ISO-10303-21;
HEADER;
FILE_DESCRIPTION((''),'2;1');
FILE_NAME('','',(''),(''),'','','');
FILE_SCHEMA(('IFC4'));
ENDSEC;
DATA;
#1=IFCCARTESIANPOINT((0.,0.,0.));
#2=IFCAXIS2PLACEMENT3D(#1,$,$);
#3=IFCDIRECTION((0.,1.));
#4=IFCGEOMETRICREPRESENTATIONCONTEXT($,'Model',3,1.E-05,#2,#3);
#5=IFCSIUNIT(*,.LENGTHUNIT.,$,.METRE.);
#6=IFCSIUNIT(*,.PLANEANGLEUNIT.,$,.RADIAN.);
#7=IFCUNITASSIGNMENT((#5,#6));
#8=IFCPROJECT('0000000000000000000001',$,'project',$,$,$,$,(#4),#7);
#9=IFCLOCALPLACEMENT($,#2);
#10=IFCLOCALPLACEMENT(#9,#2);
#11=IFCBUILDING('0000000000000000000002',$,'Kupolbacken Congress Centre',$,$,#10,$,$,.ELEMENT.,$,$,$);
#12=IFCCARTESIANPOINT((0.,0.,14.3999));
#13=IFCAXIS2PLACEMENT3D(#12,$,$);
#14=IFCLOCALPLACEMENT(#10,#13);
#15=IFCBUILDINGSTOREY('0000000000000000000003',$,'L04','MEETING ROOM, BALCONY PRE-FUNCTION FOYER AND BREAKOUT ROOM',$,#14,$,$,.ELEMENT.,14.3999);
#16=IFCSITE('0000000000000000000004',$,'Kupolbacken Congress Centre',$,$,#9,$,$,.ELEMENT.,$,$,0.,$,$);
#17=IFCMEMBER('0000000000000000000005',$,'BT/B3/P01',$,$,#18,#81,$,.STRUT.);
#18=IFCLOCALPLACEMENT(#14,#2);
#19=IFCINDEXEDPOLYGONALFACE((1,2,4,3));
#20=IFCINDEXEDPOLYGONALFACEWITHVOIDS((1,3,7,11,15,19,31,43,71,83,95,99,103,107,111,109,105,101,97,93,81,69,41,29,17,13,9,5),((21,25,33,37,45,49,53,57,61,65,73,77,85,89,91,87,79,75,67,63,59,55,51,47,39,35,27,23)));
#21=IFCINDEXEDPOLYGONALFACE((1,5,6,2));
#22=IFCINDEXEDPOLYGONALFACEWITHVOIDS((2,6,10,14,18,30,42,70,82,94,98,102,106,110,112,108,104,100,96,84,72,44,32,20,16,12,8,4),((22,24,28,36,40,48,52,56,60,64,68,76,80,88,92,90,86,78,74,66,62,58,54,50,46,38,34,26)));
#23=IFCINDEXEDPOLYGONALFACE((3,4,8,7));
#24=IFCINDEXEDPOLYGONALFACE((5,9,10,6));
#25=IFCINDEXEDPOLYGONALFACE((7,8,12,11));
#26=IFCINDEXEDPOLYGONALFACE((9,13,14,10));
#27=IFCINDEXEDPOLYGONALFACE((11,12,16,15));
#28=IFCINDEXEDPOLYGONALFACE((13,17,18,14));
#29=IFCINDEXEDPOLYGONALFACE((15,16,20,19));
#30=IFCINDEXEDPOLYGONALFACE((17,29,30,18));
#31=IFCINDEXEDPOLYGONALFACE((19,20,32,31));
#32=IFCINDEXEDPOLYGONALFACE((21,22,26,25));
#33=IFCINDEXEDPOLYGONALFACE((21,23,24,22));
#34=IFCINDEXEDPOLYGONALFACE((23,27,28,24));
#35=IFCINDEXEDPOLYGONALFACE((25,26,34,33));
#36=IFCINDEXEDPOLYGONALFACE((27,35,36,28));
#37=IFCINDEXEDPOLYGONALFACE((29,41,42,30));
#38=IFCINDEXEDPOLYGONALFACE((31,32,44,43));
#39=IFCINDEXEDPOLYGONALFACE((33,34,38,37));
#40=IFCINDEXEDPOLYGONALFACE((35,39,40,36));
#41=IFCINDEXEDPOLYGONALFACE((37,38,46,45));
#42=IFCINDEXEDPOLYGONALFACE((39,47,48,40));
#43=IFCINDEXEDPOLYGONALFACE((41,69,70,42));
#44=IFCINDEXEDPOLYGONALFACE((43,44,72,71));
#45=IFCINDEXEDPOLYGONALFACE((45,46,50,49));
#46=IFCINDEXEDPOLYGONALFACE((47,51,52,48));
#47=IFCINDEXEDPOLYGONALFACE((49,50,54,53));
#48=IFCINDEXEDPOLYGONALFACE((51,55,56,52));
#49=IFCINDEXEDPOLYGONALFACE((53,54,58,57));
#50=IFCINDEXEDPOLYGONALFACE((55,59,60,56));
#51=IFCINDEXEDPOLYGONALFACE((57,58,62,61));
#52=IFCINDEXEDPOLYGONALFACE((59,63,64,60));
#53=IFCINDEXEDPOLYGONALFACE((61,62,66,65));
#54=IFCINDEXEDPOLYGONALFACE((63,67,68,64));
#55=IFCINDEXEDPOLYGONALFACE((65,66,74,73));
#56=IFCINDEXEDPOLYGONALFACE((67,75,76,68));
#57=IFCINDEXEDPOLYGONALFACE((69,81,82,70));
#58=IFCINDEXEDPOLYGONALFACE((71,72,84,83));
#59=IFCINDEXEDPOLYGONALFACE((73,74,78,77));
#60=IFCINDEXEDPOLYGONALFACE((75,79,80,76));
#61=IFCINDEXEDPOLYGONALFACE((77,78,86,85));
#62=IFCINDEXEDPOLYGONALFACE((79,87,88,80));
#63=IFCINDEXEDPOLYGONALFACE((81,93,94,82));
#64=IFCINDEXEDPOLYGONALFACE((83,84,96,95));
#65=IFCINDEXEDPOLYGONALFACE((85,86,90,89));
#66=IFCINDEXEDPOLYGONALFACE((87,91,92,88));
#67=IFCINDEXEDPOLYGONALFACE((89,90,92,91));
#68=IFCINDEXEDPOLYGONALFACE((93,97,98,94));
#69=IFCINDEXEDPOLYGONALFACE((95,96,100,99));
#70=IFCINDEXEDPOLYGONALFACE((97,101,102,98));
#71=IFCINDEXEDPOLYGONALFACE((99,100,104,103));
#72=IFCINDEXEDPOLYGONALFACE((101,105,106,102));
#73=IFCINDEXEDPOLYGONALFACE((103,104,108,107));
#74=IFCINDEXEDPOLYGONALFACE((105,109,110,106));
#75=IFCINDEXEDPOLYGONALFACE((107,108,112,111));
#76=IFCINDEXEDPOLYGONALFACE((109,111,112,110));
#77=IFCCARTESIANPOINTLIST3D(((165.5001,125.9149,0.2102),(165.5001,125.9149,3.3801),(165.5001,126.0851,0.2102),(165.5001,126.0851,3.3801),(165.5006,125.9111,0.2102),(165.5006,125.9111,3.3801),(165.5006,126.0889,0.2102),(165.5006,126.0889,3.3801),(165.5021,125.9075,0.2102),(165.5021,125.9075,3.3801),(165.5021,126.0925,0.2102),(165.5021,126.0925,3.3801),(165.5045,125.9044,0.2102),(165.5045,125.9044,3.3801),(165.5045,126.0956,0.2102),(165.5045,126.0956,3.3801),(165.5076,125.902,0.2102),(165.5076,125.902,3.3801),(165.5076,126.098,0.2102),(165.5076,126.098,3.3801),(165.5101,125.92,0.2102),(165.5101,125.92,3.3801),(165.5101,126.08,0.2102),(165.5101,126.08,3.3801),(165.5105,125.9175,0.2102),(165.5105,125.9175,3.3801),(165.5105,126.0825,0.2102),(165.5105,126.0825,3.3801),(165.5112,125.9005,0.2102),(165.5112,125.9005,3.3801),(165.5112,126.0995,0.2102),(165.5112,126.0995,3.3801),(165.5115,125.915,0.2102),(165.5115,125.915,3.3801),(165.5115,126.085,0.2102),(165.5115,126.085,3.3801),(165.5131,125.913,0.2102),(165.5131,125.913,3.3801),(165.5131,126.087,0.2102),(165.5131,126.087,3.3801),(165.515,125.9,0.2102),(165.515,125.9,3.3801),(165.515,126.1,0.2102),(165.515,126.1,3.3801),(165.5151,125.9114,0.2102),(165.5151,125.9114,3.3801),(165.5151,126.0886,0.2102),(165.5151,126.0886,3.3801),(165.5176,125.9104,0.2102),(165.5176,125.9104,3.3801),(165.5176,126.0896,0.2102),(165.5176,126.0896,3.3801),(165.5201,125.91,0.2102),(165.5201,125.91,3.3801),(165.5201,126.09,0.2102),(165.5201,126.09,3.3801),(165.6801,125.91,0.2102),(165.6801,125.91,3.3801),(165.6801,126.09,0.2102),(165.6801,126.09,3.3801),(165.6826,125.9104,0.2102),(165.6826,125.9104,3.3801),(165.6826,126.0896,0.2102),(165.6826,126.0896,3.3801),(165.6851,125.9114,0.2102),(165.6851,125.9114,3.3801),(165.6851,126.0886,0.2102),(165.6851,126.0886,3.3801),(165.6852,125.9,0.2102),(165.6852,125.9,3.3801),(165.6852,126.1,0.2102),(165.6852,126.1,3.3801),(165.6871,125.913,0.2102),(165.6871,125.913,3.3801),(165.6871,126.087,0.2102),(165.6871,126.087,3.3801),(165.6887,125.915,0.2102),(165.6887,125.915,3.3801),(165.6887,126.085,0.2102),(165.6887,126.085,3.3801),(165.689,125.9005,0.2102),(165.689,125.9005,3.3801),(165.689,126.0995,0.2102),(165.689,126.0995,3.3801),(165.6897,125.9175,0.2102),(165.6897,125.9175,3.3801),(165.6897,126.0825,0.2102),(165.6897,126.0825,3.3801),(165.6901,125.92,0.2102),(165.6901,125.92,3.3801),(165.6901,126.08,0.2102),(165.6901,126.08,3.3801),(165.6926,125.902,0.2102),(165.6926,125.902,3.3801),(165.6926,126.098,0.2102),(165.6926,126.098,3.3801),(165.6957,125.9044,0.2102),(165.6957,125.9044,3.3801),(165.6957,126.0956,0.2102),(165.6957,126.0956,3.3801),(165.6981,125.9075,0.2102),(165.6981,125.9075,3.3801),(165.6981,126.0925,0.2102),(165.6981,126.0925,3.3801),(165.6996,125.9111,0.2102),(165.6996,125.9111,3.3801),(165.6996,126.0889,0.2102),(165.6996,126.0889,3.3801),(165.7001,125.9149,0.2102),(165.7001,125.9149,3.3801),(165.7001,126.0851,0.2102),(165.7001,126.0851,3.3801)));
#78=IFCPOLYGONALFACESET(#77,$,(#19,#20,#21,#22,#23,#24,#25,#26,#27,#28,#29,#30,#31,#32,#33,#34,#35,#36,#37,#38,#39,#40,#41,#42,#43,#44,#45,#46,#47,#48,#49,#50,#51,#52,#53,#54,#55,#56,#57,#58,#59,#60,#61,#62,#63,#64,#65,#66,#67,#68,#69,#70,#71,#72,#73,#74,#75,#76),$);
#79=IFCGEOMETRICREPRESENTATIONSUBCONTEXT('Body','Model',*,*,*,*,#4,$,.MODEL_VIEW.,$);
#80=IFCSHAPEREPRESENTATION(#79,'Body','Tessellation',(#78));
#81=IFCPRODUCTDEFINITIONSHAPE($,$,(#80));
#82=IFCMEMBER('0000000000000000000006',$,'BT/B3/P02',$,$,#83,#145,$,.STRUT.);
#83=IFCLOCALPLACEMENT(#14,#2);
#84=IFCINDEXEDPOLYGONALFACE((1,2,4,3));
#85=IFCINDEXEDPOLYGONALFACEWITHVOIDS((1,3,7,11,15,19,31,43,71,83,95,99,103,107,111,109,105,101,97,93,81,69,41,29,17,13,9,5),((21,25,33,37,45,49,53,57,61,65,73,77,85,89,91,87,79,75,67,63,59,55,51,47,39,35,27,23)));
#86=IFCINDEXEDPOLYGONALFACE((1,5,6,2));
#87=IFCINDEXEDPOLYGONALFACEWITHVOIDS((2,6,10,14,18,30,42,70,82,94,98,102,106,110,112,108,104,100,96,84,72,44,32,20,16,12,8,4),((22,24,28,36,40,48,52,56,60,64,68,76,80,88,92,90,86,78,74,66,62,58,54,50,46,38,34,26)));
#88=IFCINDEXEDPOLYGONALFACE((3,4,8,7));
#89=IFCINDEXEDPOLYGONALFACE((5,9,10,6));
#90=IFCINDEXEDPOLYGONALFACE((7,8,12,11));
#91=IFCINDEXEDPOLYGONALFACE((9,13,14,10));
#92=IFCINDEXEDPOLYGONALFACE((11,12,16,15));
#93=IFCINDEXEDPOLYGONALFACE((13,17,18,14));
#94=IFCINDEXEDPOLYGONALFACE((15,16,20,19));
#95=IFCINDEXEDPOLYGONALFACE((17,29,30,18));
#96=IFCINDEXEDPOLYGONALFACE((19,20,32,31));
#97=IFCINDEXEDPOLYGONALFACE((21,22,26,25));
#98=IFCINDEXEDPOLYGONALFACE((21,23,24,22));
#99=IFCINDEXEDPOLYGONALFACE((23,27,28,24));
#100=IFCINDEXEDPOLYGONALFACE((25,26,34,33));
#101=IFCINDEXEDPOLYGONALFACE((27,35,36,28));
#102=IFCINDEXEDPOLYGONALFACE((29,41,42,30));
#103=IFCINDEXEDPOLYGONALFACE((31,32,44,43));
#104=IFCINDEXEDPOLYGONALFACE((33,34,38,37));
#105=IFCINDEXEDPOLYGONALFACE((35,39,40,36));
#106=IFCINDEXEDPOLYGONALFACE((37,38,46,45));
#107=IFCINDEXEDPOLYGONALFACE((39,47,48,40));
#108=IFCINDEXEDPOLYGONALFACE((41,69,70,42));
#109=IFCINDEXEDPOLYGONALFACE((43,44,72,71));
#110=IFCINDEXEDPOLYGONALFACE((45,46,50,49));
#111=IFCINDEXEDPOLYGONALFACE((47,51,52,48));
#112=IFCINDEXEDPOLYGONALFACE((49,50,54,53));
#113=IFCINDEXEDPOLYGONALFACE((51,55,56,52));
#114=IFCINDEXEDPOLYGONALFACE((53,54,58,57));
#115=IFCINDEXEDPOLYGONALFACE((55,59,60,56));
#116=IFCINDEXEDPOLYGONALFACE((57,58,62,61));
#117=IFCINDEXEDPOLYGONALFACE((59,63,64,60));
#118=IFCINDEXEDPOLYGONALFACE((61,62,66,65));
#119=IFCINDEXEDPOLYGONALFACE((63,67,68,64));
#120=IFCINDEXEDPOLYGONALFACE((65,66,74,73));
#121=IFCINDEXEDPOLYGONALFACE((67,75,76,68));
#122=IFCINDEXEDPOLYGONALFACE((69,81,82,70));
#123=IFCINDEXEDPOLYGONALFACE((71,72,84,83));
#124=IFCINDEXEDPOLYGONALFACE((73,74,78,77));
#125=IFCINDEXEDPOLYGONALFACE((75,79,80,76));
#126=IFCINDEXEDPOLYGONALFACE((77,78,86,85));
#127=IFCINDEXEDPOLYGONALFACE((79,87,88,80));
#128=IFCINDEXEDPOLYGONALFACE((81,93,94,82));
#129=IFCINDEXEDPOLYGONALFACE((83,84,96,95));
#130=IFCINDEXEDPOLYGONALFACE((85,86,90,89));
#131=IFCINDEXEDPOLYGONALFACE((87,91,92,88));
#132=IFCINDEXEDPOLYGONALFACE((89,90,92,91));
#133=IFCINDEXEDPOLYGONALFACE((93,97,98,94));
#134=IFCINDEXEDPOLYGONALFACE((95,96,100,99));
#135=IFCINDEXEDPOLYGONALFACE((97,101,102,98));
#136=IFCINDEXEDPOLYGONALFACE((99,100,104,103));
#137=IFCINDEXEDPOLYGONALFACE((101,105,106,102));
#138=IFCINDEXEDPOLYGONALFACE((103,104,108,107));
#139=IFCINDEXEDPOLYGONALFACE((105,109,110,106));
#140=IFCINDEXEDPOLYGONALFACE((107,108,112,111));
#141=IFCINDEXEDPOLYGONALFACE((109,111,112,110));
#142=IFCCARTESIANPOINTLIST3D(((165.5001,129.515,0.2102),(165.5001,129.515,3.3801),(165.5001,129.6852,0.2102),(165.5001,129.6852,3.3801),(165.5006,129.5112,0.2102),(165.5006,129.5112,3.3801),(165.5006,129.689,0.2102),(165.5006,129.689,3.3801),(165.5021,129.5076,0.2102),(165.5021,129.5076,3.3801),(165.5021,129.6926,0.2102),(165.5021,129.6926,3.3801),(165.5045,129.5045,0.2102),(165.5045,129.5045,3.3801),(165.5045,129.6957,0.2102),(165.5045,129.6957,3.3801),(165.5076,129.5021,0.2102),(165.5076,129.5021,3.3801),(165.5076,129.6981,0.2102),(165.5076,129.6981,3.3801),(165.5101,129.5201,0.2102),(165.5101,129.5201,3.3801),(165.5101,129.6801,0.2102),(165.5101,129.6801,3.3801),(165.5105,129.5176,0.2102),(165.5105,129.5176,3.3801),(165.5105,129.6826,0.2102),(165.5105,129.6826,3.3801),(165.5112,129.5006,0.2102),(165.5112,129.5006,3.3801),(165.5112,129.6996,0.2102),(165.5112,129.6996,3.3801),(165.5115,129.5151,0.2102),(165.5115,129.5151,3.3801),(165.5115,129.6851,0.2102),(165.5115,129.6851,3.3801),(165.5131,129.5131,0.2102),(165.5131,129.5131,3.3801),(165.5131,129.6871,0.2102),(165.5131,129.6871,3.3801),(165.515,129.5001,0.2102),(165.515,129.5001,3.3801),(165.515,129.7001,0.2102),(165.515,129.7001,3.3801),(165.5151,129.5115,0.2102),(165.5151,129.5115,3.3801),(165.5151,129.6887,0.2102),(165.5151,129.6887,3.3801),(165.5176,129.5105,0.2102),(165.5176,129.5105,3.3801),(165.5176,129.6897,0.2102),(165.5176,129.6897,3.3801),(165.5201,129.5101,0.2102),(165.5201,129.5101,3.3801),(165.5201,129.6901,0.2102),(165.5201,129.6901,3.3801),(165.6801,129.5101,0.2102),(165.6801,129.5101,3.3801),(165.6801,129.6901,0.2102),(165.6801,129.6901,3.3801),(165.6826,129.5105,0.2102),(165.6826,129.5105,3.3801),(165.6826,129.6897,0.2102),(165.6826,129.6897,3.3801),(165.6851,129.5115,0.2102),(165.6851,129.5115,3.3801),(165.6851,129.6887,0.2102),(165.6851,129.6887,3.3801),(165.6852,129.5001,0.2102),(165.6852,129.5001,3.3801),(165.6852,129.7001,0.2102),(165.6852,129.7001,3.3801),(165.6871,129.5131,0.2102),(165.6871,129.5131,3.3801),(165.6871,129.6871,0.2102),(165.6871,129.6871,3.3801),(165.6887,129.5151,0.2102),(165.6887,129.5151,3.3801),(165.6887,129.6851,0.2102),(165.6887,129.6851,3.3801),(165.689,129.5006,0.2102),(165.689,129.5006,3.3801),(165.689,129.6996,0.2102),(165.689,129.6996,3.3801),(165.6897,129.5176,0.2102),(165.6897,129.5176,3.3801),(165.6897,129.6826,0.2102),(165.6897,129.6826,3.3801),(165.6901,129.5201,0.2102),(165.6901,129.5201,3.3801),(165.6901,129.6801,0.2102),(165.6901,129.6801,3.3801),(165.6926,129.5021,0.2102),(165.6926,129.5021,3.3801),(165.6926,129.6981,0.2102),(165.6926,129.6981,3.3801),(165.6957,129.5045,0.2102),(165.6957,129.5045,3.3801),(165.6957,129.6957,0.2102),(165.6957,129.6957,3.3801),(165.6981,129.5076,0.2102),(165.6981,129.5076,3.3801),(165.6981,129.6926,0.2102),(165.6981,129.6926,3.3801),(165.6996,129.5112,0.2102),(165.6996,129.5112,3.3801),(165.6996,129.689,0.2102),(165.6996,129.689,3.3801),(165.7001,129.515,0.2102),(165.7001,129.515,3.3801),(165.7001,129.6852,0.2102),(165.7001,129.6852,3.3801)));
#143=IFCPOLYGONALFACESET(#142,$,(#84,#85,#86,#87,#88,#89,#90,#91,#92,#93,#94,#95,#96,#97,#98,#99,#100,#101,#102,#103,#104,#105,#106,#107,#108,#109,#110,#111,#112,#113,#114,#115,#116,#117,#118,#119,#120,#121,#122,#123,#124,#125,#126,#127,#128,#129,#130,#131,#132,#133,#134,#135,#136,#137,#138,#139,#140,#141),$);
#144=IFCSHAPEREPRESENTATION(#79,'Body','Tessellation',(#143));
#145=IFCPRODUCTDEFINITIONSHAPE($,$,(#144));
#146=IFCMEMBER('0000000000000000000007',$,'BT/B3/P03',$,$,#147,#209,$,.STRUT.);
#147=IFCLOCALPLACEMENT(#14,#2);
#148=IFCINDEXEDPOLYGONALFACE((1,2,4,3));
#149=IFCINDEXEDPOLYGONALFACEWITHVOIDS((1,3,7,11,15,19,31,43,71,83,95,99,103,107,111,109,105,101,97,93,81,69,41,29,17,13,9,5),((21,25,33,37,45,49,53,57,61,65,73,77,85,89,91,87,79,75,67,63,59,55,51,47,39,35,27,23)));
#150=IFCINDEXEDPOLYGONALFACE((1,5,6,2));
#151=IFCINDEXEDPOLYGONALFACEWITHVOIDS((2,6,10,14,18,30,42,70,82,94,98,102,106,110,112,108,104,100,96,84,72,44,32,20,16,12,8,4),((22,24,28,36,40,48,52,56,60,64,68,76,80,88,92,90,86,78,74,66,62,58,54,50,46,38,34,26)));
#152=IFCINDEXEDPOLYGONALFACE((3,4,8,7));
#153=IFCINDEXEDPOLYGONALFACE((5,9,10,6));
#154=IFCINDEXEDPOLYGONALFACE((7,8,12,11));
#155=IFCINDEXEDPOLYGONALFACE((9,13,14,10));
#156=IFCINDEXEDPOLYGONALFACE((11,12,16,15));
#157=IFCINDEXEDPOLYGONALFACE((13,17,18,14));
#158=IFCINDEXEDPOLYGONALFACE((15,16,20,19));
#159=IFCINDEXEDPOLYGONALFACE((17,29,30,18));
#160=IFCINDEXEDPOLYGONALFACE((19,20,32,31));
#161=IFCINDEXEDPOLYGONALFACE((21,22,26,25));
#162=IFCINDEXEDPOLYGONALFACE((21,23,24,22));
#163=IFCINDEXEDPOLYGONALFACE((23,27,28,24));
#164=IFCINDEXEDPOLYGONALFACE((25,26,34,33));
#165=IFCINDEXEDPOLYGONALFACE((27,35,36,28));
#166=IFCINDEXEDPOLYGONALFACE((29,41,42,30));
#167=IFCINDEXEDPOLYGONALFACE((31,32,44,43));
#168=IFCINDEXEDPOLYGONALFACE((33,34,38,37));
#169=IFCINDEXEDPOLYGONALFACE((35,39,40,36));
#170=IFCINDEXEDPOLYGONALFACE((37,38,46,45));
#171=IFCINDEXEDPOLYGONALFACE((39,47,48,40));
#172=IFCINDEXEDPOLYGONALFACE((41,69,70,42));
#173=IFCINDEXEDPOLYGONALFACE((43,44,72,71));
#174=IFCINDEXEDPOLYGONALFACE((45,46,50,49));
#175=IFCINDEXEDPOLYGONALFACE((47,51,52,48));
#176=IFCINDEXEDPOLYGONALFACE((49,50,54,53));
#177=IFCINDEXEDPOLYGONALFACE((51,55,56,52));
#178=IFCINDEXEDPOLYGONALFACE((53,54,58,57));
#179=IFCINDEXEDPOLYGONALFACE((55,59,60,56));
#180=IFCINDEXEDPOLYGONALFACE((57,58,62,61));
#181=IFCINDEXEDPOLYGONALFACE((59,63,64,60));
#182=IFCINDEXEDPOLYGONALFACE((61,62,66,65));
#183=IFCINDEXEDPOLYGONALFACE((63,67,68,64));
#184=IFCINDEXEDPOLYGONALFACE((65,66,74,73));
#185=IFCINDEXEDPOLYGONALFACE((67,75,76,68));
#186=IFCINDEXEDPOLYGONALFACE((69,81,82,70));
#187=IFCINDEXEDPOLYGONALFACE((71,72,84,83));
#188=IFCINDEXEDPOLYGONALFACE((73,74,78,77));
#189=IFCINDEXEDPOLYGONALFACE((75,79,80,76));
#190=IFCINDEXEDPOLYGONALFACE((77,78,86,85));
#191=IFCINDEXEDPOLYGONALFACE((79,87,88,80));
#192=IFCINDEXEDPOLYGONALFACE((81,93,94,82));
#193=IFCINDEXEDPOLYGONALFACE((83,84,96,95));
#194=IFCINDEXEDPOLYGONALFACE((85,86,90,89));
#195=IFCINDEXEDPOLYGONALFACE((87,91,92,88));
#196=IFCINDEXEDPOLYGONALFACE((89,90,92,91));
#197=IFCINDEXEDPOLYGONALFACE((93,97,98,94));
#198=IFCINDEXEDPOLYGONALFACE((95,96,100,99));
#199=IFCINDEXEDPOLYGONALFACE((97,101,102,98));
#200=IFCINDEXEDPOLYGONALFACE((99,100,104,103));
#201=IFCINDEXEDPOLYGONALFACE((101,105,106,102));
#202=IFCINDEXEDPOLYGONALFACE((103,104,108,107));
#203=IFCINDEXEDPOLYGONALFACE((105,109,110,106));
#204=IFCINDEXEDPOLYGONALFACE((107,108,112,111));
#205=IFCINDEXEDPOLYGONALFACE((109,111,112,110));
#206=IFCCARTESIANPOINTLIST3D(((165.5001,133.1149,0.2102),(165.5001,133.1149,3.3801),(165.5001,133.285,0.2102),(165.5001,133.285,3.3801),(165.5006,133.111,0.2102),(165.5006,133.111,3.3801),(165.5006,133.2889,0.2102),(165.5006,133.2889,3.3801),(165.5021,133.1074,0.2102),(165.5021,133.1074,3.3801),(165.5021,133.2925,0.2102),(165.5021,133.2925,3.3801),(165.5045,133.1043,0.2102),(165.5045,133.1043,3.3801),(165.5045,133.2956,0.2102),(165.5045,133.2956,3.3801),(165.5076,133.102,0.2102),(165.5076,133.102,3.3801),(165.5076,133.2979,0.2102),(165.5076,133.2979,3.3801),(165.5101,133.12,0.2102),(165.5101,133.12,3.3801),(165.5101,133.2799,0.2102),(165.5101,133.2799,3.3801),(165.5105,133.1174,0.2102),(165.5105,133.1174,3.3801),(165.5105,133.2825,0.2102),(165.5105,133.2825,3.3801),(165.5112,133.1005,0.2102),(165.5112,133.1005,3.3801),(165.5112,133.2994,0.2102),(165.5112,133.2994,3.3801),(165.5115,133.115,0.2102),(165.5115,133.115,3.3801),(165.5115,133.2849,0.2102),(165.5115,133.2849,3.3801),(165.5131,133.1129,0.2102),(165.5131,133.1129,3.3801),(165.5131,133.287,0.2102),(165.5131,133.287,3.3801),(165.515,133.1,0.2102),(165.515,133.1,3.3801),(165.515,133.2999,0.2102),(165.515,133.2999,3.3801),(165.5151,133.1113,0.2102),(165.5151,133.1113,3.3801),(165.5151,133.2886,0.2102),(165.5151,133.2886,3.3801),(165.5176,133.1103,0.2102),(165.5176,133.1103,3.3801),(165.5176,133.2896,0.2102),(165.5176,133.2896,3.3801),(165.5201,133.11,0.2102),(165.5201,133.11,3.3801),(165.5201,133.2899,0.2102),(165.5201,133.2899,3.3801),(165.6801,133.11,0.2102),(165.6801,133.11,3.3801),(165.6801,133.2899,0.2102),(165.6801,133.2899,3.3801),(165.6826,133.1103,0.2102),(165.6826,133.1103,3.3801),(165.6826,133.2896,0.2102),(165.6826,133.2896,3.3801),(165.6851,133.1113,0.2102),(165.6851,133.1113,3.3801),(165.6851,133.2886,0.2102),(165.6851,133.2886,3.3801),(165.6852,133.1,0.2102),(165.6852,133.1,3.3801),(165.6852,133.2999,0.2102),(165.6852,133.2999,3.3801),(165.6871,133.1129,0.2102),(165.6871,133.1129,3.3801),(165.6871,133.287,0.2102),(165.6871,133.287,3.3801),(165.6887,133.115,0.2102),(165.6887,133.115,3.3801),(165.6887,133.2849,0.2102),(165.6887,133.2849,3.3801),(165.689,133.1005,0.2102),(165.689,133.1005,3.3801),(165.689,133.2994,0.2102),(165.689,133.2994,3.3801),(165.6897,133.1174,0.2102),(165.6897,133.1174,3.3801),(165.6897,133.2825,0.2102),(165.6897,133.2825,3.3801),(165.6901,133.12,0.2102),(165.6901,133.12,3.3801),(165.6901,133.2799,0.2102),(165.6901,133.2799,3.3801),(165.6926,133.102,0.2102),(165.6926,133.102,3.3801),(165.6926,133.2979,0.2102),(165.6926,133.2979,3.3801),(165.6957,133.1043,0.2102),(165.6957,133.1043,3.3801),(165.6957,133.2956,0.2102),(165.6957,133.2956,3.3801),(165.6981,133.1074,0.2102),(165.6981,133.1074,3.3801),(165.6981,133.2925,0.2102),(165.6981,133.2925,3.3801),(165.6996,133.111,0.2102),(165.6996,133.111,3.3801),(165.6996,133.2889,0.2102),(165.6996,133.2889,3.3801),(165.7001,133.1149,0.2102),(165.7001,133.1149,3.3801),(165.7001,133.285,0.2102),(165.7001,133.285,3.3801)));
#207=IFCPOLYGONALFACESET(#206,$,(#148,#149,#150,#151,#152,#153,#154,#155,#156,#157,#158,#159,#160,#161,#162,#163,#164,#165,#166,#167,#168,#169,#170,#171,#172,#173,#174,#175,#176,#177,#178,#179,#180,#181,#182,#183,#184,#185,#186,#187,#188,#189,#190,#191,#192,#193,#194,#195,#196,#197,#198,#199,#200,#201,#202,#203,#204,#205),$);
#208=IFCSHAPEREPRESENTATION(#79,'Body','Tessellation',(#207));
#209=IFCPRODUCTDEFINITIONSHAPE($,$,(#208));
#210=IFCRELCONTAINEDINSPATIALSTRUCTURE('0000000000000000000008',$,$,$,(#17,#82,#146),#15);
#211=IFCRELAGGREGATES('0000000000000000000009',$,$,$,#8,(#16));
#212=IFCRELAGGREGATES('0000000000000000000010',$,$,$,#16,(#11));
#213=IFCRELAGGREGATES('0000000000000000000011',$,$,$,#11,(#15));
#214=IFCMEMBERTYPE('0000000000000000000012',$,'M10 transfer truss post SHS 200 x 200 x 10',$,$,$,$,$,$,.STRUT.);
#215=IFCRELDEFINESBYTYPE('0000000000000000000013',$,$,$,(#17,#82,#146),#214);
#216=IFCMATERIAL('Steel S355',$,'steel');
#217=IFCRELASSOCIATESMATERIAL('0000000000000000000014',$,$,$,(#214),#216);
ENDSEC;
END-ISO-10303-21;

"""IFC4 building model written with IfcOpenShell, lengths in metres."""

from ifc_helpers import new_model, si_unit, direction, frame, origin, origin_2d, place, context, subcontext, project, spatial, hollow_rectangle, extrude, material, material_profile, profile_set, type_object, element, save


model = new_model("IFC4")

# Units and contexts
model_context = context("Model", 3, precision=1e-05, world=origin(), true_north=direction((0.0, 1.0)))
body_context = subcontext(model_context, "Body", "Model", "MODEL_VIEW")
ifc_project = project(units=[si_unit("LENGTHUNIT", "METRE"), si_unit("PLANEANGLEUNIT", "RADIAN")], contexts=[model_context])

# Site, building, storey
site_placement = place(None, origin())
site = spatial("IfcSite", under=ifc_project, at=site_placement, Name="Kupolbacken Congress Centre", CompositionType="ELEMENT", RefElevation=0.0)
building_placement = place(site_placement, origin())
building = spatial("IfcBuilding", under=site, at=building_placement, Name="Kupolbacken Congress Centre", CompositionType="ELEMENT")
storey_placement = place(building_placement, frame((0.0, 0.0, 14.3999)))
storey = spatial("IfcBuildingStorey", under=building, at=storey_placement, Name="L04", Description="MEETING ROOM, BALCONY PRE-FUNCTION FOYER AND BREAKOUT ROOM", CompositionType="ELEMENT", Elevation=14.3999)

# Members
ifc_material_1 = material(Name="Steel S355", Category="steel")
ifc_material_profile_1 = material_profile(ifc_material_1, hollow_rectangle(XDim=0.2, YDim=0.2, WallThickness=0.01, InnerFilletRadius=0.01, OuterFilletRadius=0.0149, at=origin_2d()), Name="SHS 200 x 200 x 10")
ifc_profile_set_1 = profile_set([ifc_material_profile_1], Name="Steel S355")
member_type_1 = type_object("IfcMemberType", Name="M10 transfer truss post SHS 200 x 200 x 10", PredefinedType="STRUT", material=ifc_profile_set_1)
for number, where, z_axis, x_axis, name in (
    (1, (165.6001, 126.0, 0.2102), (0.0, 0.0, 1.0), (0.0, 1.0, 0.0), "BT/B3/P01"),
    (2, (165.6001, 129.6001, 0.2102), (0.0, 0.0, 1.0), (0.0, 1.0, 0.0), "BT/B3/P02"),
    (3, (165.6001, 133.2, 0.2102), (0.0, 0.0, 1.0), (0.0, 1.0, 0.0), "BT/B3/P03"),
):
    element("IfcMember", number, at=place(storey_placement, frame(where, z_axis=z_axis, x_axis=x_axis)), inside=storey, type_object=member_type_1, Name=name, PredefinedType="STRUT", context=body_context, shape_type="SweptSolid", body=[
        extrude(hollow_rectangle(XDim=0.2, YDim=0.2, WallThickness=0.01, InnerFilletRadius=0.01, OuterFilletRadius=0.0149, at=origin_2d()), origin(), (0.0, 0.0, 1.0), 3.1699),
    ])

save(model, "model.ifc")
